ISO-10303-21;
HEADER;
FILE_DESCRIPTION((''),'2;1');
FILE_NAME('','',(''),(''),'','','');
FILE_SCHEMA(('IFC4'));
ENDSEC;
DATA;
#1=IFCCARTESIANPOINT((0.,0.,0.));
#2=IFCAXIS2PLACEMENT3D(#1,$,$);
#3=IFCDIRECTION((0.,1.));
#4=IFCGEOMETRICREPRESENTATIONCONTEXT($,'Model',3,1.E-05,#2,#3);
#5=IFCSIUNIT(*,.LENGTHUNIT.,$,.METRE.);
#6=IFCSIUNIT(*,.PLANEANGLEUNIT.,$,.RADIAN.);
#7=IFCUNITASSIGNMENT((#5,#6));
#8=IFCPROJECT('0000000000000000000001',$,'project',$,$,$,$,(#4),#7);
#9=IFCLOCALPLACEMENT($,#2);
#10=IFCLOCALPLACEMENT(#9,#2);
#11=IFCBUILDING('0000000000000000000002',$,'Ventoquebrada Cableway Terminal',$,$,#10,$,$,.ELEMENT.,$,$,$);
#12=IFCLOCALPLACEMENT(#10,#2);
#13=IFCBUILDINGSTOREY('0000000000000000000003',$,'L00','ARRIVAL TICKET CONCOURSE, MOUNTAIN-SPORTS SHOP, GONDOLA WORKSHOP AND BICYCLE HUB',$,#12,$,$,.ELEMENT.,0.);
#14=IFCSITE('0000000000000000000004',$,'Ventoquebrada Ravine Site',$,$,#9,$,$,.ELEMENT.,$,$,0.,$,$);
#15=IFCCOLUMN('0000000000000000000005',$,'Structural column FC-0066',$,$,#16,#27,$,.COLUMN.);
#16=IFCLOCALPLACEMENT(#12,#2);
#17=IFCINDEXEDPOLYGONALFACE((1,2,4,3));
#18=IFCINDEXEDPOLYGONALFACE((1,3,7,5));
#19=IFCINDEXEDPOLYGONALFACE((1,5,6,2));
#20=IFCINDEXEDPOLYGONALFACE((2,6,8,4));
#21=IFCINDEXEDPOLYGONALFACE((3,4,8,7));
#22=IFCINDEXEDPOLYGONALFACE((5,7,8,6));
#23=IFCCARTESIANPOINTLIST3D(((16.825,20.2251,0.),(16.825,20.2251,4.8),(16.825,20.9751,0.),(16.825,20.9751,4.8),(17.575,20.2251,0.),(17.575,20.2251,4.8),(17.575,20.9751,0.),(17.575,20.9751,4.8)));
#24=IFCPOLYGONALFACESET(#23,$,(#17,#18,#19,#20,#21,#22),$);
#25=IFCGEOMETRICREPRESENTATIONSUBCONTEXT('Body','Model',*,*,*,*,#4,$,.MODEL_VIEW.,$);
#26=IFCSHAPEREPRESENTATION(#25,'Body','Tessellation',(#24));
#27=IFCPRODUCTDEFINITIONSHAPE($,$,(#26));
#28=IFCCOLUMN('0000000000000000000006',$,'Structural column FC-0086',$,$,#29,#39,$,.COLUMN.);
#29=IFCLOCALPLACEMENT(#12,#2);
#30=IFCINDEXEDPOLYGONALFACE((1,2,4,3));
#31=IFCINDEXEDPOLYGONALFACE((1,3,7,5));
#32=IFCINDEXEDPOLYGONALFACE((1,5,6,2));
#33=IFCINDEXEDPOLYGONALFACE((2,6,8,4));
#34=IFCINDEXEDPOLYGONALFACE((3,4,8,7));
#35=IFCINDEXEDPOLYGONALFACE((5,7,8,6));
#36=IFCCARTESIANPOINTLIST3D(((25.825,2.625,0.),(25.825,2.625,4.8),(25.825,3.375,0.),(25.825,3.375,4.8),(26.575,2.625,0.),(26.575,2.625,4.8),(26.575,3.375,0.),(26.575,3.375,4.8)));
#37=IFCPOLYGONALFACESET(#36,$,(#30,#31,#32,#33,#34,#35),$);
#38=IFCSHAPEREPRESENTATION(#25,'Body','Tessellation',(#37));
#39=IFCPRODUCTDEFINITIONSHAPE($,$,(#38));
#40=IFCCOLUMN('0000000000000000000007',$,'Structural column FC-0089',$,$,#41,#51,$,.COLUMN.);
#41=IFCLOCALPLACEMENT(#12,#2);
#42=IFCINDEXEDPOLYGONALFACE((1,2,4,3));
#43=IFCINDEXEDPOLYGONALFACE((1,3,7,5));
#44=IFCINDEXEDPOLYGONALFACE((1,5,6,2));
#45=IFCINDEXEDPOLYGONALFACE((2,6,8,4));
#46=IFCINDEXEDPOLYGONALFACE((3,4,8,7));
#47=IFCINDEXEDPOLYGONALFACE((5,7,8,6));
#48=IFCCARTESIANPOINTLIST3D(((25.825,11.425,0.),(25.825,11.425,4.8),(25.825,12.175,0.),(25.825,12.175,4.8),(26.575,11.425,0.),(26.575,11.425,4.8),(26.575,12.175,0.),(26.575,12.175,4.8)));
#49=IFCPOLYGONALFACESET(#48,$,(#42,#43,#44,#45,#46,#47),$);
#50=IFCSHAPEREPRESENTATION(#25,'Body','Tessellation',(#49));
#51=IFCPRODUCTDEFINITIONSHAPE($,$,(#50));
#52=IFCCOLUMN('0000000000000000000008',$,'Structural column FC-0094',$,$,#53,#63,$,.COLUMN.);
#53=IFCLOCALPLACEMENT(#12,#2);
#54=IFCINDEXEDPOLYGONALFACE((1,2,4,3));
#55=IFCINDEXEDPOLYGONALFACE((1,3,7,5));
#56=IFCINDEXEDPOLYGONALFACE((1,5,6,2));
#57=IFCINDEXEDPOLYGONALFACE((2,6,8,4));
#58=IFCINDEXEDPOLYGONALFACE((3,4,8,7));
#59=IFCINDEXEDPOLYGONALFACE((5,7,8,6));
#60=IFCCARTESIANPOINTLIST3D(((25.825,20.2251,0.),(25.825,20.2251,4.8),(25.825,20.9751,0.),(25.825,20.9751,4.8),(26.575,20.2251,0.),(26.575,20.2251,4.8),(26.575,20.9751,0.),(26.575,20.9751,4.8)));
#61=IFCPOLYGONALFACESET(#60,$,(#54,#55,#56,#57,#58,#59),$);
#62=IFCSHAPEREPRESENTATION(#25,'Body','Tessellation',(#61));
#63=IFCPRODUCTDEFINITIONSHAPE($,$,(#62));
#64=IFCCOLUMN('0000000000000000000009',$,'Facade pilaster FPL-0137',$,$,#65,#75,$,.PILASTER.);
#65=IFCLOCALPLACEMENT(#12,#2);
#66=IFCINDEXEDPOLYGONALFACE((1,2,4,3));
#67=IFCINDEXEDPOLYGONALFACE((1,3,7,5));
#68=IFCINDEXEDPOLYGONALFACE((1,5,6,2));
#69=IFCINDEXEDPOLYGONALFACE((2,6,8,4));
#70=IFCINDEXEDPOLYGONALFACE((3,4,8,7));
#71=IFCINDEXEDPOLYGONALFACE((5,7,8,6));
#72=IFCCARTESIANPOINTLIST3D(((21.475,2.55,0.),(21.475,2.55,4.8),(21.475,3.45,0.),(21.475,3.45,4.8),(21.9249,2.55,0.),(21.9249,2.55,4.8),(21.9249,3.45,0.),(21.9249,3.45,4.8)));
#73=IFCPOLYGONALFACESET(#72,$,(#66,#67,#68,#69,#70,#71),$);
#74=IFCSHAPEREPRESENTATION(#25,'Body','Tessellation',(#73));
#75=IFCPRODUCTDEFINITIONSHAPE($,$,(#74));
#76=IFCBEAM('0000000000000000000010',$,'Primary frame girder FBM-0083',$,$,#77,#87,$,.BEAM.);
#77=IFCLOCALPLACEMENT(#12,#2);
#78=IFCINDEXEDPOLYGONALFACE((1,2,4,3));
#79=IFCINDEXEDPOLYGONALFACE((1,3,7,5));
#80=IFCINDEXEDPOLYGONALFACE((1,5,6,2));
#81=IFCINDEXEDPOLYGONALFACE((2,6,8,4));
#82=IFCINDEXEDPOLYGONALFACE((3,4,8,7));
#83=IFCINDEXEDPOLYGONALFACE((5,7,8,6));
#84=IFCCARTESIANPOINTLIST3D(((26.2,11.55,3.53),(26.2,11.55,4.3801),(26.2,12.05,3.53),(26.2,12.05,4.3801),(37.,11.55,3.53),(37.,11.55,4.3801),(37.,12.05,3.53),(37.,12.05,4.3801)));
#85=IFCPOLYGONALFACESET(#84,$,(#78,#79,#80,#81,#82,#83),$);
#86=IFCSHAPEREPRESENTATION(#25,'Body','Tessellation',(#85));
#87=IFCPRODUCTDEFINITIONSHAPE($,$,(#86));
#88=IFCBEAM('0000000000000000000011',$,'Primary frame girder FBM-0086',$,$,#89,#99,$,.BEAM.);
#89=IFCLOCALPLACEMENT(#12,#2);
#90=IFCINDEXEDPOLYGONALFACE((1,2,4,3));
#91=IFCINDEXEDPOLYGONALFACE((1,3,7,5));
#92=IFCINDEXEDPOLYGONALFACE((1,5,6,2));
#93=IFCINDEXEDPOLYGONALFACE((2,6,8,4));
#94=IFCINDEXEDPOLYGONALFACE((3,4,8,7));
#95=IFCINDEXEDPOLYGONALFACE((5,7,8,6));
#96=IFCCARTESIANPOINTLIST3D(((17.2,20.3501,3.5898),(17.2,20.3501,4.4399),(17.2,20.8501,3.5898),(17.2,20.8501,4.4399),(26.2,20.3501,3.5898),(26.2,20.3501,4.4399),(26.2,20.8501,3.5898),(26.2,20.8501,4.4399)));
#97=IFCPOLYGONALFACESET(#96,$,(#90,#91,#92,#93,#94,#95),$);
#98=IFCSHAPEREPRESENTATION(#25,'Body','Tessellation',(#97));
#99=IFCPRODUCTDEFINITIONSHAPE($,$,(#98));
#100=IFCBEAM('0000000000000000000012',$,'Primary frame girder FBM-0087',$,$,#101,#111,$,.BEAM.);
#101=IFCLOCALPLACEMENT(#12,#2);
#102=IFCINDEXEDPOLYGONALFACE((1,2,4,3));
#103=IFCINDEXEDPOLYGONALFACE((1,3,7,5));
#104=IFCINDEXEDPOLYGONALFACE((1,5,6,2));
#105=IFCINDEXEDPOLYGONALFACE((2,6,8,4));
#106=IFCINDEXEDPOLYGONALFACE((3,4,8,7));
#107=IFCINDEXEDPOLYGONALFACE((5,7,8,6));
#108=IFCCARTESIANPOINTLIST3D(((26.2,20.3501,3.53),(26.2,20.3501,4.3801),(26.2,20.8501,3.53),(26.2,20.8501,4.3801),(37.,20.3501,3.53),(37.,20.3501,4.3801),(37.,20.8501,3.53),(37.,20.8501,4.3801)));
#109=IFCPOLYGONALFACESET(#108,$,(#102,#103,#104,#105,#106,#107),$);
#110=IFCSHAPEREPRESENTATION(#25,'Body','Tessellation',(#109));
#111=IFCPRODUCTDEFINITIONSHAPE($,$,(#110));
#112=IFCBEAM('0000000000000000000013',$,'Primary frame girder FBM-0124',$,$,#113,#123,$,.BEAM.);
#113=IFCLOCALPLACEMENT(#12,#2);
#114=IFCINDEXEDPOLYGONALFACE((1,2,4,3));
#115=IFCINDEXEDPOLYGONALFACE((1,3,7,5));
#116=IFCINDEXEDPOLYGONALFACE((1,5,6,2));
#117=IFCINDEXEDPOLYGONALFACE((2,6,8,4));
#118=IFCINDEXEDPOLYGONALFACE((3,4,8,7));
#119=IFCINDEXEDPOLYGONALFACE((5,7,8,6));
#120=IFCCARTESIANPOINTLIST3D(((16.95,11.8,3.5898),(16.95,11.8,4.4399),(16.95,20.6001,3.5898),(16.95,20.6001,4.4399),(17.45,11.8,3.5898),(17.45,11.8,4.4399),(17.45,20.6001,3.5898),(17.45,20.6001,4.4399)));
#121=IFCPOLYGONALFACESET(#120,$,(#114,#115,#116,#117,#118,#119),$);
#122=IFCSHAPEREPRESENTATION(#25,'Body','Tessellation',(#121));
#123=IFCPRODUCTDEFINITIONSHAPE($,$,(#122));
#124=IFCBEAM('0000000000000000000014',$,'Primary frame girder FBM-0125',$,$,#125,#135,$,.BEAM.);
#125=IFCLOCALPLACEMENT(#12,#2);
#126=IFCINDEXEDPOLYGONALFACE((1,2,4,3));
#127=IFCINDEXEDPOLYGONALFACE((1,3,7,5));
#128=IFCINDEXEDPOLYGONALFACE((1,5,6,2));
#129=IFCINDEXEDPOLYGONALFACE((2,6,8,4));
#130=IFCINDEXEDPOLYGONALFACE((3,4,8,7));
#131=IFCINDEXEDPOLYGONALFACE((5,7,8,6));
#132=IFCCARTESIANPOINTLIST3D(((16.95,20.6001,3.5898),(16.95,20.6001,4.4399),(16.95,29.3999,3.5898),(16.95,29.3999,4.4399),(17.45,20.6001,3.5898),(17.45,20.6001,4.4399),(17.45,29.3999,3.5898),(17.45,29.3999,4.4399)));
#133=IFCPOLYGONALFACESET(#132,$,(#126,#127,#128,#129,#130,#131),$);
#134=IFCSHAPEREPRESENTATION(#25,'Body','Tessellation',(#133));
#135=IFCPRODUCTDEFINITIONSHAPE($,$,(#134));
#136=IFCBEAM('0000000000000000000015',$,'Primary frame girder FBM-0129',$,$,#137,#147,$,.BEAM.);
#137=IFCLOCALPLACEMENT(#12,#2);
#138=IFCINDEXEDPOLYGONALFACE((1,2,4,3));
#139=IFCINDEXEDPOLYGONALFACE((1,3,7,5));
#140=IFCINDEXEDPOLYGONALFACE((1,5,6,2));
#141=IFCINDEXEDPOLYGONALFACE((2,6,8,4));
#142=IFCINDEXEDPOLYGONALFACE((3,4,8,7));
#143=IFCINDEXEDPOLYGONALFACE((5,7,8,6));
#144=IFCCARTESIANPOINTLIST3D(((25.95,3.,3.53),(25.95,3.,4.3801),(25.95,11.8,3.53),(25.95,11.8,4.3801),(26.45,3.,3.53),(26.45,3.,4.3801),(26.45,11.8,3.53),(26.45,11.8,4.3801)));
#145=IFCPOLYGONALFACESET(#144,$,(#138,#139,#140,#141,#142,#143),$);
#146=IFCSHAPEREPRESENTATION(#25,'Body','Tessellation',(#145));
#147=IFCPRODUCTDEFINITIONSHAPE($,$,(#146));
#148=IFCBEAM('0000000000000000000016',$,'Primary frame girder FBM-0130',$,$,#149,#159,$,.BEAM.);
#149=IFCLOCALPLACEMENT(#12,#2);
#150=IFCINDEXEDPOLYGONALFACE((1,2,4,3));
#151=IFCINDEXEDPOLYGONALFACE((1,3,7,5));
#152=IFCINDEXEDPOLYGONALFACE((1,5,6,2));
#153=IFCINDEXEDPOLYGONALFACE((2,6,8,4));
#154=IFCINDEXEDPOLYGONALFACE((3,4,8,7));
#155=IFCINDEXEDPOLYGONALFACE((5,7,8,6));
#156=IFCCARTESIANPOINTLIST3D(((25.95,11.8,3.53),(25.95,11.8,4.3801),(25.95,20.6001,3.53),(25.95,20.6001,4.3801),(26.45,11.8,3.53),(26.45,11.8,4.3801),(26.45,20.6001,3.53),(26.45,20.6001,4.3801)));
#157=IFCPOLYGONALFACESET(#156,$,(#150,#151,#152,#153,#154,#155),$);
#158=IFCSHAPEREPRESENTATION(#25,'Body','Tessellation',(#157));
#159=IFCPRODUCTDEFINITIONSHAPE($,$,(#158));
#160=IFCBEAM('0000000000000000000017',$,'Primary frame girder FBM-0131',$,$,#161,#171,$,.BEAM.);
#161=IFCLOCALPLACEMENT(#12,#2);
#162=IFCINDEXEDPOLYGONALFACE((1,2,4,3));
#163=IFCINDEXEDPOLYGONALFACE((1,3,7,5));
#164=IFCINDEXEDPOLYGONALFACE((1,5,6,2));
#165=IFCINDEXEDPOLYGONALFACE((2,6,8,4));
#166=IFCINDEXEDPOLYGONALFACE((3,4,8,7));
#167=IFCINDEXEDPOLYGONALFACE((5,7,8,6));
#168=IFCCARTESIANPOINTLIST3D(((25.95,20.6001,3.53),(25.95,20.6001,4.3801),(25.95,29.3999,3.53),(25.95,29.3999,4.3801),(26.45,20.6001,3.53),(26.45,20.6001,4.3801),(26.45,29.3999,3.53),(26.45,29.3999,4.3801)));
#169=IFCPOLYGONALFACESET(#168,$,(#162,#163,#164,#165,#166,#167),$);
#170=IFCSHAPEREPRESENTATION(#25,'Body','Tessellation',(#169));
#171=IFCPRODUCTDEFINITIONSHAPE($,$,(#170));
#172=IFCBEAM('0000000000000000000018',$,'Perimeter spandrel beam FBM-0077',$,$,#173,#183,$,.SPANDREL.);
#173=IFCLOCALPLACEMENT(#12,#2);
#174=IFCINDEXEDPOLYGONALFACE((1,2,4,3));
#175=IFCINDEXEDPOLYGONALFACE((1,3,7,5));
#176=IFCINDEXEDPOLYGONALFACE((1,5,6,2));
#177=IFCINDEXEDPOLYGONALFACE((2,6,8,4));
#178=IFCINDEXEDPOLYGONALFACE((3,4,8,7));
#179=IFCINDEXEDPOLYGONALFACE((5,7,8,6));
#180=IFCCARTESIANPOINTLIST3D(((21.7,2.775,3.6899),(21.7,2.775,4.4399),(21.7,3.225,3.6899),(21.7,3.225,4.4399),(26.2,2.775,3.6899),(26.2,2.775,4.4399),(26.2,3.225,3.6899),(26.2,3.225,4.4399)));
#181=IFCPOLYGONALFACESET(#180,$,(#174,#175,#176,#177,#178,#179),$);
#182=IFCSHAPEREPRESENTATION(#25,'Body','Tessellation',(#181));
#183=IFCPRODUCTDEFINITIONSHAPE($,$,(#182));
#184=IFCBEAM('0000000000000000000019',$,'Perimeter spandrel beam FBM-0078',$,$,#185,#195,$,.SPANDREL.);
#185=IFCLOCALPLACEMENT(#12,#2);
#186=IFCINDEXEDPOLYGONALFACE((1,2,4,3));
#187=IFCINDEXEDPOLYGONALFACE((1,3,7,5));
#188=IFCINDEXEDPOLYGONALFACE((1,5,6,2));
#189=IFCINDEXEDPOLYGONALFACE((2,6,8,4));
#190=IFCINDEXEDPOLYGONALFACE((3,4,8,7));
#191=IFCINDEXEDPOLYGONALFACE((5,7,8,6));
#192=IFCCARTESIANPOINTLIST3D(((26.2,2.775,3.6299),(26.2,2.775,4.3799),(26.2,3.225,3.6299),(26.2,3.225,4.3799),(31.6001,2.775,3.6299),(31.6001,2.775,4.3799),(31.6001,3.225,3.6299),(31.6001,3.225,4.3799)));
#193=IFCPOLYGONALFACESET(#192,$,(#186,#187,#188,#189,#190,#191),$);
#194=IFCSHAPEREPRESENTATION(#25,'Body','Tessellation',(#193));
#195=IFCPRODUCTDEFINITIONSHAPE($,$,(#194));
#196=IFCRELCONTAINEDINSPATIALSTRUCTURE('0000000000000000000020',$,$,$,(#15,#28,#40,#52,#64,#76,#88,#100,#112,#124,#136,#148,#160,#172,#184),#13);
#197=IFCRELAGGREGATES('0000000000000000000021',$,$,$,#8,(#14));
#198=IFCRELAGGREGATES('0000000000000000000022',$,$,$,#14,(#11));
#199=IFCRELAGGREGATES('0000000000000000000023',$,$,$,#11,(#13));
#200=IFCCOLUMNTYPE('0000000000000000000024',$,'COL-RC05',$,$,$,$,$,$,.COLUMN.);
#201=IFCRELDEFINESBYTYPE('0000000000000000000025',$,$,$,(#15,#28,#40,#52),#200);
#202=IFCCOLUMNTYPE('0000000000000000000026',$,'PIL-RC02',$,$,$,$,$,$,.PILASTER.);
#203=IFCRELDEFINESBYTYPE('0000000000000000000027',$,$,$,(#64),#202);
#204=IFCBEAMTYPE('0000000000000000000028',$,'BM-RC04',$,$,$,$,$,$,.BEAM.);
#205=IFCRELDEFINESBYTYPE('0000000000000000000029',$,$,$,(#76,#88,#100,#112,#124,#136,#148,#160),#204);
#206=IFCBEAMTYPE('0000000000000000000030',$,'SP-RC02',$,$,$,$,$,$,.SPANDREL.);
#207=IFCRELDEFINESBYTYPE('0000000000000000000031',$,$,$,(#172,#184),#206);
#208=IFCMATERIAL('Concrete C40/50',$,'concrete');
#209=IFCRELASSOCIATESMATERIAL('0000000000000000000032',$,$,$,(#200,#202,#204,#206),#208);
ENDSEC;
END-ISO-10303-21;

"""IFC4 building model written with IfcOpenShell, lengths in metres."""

from ifc_helpers import new_model, si_unit, direction, frame, origin, origin_2d, place, context, subcontext, project, spatial, rectangle, extrude, material, material_profile, profile_set, type_object, element, save


model = new_model("IFC4")

# Units and contexts
model_context = context("Model", 3, precision=1e-05, world=origin(), true_north=direction((0.0, 1.0)))
body_context = subcontext(model_context, "Body", "Model", "MODEL_VIEW")
ifc_project = project(units=[si_unit("LENGTHUNIT", "METRE"), si_unit("PLANEANGLEUNIT", "RADIAN")], contexts=[model_context])

# Site, building, storey
site_placement = place(None, origin())
site = spatial("IfcSite", under=ifc_project, at=site_placement, Name="Ventoquebrada Ravine Site", CompositionType="ELEMENT", RefElevation=0.0)
building_placement = place(site_placement, origin())
building = spatial("IfcBuilding", under=site, at=building_placement, Name="Ventoquebrada Cableway Terminal", CompositionType="ELEMENT")
storey_placement = place(building_placement, origin())
storey = spatial("IfcBuildingStorey", under=building, at=storey_placement, Name="L00", Description="ARRIVAL TICKET CONCOURSE, MOUNTAIN-SPORTS SHOP, GONDOLA WORKSHOP AND BICYCLE HUB", CompositionType="ELEMENT", Elevation=0.0)

# Columns
ifc_material_1 = material(Name="Concrete C40/50", Category="concrete")
ifc_material_profile_1 = material_profile(ifc_material_1, rectangle(XDim=0.75, YDim=0.75, at=origin_2d()), Name="RC-COL-750X750")
ifc_profile_set_1 = profile_set([ifc_material_profile_1], Name="Concrete C40/50")
column_type_1 = type_object("IfcColumnType", Name="COL-RC05", PredefinedType="COLUMN", material=ifc_profile_set_1)
for number, where, z_axis, x_axis, name in (
    (1, (17.2, 20.6001, 0.0), (0.0, 0.0, 1.0), (1.0, 0.0, 0.0), "Structural column FC-0066"),
    (2, (26.2, 3.0, 0.0), (0.0, 0.0, 1.0), (1.0, 0.0, 0.0), "Structural column FC-0086"),
    (3, (26.2, 11.8, 0.0), (0.0, 0.0, 1.0), (1.0, 0.0, 0.0), "Structural column FC-0089"),
    (4, (26.2, 20.6001, 0.0), (0.0, 0.0, 1.0), (1.0, 0.0, 0.0), "Structural column FC-0094"),
):
    element("IfcColumn", number, at=place(storey_placement, frame(where, z_axis=z_axis, x_axis=x_axis)), inside=storey, type_object=column_type_1, Name=name, PredefinedType="COLUMN", context=body_context, shape_type="SweptSolid", body=[
        extrude(rectangle(XDim=0.75, YDim=0.75, at=origin_2d()), origin(), (0.0, 0.0, 1.0), 4.8),
    ])
ifc_material_profile_2 = material_profile(ifc_material_1, rectangle(XDim=0.45, YDim=0.8999, at=origin_2d()), Name="RC-PIL-450X900")
ifc_profile_set_2 = profile_set([ifc_material_profile_2], Name="Concrete C40/50")
column_type_2 = type_object("IfcColumnType", Name="PIL-RC02", PredefinedType="PILASTER", material=ifc_profile_set_2)
column_placement = place(storey_placement, frame((21.7, 3.0, 0.0), z_axis=(0.0, 0.0, 1.0), x_axis=(1.0, 0.0, 0.0)))
element("IfcColumn", 5, at=column_placement, inside=storey, type_object=column_type_2, Name="Facade pilaster FPL-0137", PredefinedType="PILASTER", context=body_context, shape_type="SweptSolid", body=[
    extrude(rectangle(XDim=0.45, YDim=0.8999, at=origin_2d()), origin(), (0.0, 0.0, 1.0), 4.8),
])

# Beams
ifc_material_profile_3 = material_profile(ifc_material_1, rectangle(XDim=0.5, YDim=0.8501, at=origin_2d()), Name="RC-BM-500X850")
ifc_profile_set_3 = profile_set([ifc_material_profile_3], Name="Concrete C40/50")
beam_type_1 = type_object("IfcBeamType", Name="BM-RC04", PredefinedType="BEAM", material=ifc_profile_set_3)
beam_1_placement = place(storey_placement, frame((26.2, 11.8, 3.9551), z_axis=(1.0, 0.0, 0.0), x_axis=(0.0, 1.0, 0.0)))
element("IfcBeam", 6, at=beam_1_placement, inside=storey, type_object=beam_type_1, Name="Primary frame girder FBM-0083", PredefinedType="BEAM", context=body_context, shape_type="SweptSolid", body=[
    extrude(rectangle(XDim=0.5, YDim=0.8501, at=origin_2d()), origin(), (0.0, 0.0, 1.0), 10.8),
])
beam_2_placement = place(storey_placement, frame((17.2, 20.6001, 4.0149), z_axis=(1.0, 0.0, 0.0), x_axis=(0.0, 1.0, 0.0)))
element("IfcBeam", 7, at=beam_2_placement, inside=storey, type_object=beam_type_1, Name="Primary frame girder FBM-0086", PredefinedType="BEAM", context=body_context, shape_type="SweptSolid", body=[
    extrude(rectangle(XDim=0.5, YDim=0.8501, at=origin_2d()), origin(), (0.0, 0.0, 1.0), 9.0),
])
beam_3_placement = place(storey_placement, frame((26.2, 20.6001, 3.9551), z_axis=(1.0, 0.0, 0.0), x_axis=(0.0, 1.0, 0.0)))
element("IfcBeam", 8, at=beam_3_placement, inside=storey, type_object=beam_type_1, Name="Primary frame girder FBM-0087", PredefinedType="BEAM", context=body_context, shape_type="SweptSolid", body=[
    extrude(rectangle(XDim=0.5, YDim=0.8501, at=origin_2d()), origin(), (0.0, 0.0, 1.0), 10.8),
])
beam_4_placement = place(storey_placement, frame((17.2, 11.8, 4.0149), z_axis=(0.0, 1.0, 0.0), x_axis=(-1.0, 0.0, 0.0)))
element("IfcBeam", 9, at=beam_4_placement, inside=storey, type_object=beam_type_1, Name="Primary frame girder FBM-0124", PredefinedType="BEAM", context=body_context, shape_type="SweptSolid", body=[
    extrude(rectangle(XDim=0.5, YDim=0.8501, at=origin_2d()), origin(), (0.0, 0.0, 1.0), 8.8),
])
beam_5_placement = place(storey_placement, frame((17.2, 20.6001, 4.0149), z_axis=(0.0, 1.0, 0.0), x_axis=(-1.0, 0.0, 0.0)))
element("IfcBeam", 10, at=beam_5_placement, inside=storey, type_object=beam_type_1, Name="Primary frame girder FBM-0125", PredefinedType="BEAM", context=body_context, shape_type="SweptSolid", body=[
    extrude(rectangle(XDim=0.5, YDim=0.8501, at=origin_2d()), origin(), (0.0, 0.0, 1.0), 8.7998),
])
for number, where, z_axis, x_axis, name in (
    (11, (26.2, 3.0, 3.9551), (0.0, 1.0, 0.0), (-1.0, 0.0, 0.0), "Primary frame girder FBM-0129"),
    (12, (26.2, 11.8, 3.9551), (0.0, 1.0, 0.0), (-1.0, 0.0, 0.0), "Primary frame girder FBM-0130"),
):
    element("IfcBeam", number, at=place(storey_placement, frame(where, z_axis=z_axis, x_axis=x_axis)), inside=storey, type_object=beam_type_1, Name=name, PredefinedType="BEAM", context=body_context, shape_type="SweptSolid", body=[
        extrude(rectangle(XDim=0.5, YDim=0.8501, at=origin_2d()), origin(), (0.0, 0.0, 1.0), 8.8),
    ])
beam_6_placement = place(storey_placement, frame((26.2, 20.6001, 3.9551), z_axis=(0.0, 1.0, 0.0), x_axis=(-1.0, 0.0, 0.0)))
element("IfcBeam", 13, at=beam_6_placement, inside=storey, type_object=beam_type_1, Name="Primary frame girder FBM-0131", PredefinedType="BEAM", context=body_context, shape_type="SweptSolid", body=[
    extrude(rectangle(XDim=0.5, YDim=0.8501, at=origin_2d()), origin(), (0.0, 0.0, 1.0), 8.7998),
])
ifc_material_profile_4 = material_profile(ifc_material_1, rectangle(XDim=0.45, YDim=0.75, at=origin_2d()), Name="RC-BM-450X750")
ifc_profile_set_4 = profile_set([ifc_material_profile_4], Name="Concrete C40/50")
beam_type_2 = type_object("IfcBeamType", Name="SP-RC02", PredefinedType="SPANDREL", material=ifc_profile_set_4)
beam_7_placement = place(storey_placement, frame((21.7, 3.0, 4.0649), z_axis=(1.0, 0.0, 0.0), x_axis=(0.0, 1.0, 0.0)))
element("IfcBeam", 14, at=beam_7_placement, inside=storey, type_object=beam_type_2, Name="Perimeter spandrel beam FBM-0077", PredefinedType="SPANDREL", context=body_context, shape_type="SweptSolid", body=[
    extrude(rectangle(XDim=0.45, YDim=0.75, at=origin_2d()), origin(), (0.0, 0.0, 1.0), 4.5),
])
beam_8_placement = place(storey_placement, frame((26.2, 3.0, 4.0049), z_axis=(1.0, 0.0, 0.0), x_axis=(0.0, 1.0, 0.0)))
element("IfcBeam", 15, at=beam_8_placement, inside=storey, type_object=beam_type_2, Name="Perimeter spandrel beam FBM-0078", PredefinedType="SPANDREL", context=body_context, shape_type="SweptSolid", body=[
    extrude(rectangle(XDim=0.45, YDim=0.75, at=origin_2d()), origin(), (0.0, 0.0, 1.0), 5.4001),
])

save(model, "model.ifc")
